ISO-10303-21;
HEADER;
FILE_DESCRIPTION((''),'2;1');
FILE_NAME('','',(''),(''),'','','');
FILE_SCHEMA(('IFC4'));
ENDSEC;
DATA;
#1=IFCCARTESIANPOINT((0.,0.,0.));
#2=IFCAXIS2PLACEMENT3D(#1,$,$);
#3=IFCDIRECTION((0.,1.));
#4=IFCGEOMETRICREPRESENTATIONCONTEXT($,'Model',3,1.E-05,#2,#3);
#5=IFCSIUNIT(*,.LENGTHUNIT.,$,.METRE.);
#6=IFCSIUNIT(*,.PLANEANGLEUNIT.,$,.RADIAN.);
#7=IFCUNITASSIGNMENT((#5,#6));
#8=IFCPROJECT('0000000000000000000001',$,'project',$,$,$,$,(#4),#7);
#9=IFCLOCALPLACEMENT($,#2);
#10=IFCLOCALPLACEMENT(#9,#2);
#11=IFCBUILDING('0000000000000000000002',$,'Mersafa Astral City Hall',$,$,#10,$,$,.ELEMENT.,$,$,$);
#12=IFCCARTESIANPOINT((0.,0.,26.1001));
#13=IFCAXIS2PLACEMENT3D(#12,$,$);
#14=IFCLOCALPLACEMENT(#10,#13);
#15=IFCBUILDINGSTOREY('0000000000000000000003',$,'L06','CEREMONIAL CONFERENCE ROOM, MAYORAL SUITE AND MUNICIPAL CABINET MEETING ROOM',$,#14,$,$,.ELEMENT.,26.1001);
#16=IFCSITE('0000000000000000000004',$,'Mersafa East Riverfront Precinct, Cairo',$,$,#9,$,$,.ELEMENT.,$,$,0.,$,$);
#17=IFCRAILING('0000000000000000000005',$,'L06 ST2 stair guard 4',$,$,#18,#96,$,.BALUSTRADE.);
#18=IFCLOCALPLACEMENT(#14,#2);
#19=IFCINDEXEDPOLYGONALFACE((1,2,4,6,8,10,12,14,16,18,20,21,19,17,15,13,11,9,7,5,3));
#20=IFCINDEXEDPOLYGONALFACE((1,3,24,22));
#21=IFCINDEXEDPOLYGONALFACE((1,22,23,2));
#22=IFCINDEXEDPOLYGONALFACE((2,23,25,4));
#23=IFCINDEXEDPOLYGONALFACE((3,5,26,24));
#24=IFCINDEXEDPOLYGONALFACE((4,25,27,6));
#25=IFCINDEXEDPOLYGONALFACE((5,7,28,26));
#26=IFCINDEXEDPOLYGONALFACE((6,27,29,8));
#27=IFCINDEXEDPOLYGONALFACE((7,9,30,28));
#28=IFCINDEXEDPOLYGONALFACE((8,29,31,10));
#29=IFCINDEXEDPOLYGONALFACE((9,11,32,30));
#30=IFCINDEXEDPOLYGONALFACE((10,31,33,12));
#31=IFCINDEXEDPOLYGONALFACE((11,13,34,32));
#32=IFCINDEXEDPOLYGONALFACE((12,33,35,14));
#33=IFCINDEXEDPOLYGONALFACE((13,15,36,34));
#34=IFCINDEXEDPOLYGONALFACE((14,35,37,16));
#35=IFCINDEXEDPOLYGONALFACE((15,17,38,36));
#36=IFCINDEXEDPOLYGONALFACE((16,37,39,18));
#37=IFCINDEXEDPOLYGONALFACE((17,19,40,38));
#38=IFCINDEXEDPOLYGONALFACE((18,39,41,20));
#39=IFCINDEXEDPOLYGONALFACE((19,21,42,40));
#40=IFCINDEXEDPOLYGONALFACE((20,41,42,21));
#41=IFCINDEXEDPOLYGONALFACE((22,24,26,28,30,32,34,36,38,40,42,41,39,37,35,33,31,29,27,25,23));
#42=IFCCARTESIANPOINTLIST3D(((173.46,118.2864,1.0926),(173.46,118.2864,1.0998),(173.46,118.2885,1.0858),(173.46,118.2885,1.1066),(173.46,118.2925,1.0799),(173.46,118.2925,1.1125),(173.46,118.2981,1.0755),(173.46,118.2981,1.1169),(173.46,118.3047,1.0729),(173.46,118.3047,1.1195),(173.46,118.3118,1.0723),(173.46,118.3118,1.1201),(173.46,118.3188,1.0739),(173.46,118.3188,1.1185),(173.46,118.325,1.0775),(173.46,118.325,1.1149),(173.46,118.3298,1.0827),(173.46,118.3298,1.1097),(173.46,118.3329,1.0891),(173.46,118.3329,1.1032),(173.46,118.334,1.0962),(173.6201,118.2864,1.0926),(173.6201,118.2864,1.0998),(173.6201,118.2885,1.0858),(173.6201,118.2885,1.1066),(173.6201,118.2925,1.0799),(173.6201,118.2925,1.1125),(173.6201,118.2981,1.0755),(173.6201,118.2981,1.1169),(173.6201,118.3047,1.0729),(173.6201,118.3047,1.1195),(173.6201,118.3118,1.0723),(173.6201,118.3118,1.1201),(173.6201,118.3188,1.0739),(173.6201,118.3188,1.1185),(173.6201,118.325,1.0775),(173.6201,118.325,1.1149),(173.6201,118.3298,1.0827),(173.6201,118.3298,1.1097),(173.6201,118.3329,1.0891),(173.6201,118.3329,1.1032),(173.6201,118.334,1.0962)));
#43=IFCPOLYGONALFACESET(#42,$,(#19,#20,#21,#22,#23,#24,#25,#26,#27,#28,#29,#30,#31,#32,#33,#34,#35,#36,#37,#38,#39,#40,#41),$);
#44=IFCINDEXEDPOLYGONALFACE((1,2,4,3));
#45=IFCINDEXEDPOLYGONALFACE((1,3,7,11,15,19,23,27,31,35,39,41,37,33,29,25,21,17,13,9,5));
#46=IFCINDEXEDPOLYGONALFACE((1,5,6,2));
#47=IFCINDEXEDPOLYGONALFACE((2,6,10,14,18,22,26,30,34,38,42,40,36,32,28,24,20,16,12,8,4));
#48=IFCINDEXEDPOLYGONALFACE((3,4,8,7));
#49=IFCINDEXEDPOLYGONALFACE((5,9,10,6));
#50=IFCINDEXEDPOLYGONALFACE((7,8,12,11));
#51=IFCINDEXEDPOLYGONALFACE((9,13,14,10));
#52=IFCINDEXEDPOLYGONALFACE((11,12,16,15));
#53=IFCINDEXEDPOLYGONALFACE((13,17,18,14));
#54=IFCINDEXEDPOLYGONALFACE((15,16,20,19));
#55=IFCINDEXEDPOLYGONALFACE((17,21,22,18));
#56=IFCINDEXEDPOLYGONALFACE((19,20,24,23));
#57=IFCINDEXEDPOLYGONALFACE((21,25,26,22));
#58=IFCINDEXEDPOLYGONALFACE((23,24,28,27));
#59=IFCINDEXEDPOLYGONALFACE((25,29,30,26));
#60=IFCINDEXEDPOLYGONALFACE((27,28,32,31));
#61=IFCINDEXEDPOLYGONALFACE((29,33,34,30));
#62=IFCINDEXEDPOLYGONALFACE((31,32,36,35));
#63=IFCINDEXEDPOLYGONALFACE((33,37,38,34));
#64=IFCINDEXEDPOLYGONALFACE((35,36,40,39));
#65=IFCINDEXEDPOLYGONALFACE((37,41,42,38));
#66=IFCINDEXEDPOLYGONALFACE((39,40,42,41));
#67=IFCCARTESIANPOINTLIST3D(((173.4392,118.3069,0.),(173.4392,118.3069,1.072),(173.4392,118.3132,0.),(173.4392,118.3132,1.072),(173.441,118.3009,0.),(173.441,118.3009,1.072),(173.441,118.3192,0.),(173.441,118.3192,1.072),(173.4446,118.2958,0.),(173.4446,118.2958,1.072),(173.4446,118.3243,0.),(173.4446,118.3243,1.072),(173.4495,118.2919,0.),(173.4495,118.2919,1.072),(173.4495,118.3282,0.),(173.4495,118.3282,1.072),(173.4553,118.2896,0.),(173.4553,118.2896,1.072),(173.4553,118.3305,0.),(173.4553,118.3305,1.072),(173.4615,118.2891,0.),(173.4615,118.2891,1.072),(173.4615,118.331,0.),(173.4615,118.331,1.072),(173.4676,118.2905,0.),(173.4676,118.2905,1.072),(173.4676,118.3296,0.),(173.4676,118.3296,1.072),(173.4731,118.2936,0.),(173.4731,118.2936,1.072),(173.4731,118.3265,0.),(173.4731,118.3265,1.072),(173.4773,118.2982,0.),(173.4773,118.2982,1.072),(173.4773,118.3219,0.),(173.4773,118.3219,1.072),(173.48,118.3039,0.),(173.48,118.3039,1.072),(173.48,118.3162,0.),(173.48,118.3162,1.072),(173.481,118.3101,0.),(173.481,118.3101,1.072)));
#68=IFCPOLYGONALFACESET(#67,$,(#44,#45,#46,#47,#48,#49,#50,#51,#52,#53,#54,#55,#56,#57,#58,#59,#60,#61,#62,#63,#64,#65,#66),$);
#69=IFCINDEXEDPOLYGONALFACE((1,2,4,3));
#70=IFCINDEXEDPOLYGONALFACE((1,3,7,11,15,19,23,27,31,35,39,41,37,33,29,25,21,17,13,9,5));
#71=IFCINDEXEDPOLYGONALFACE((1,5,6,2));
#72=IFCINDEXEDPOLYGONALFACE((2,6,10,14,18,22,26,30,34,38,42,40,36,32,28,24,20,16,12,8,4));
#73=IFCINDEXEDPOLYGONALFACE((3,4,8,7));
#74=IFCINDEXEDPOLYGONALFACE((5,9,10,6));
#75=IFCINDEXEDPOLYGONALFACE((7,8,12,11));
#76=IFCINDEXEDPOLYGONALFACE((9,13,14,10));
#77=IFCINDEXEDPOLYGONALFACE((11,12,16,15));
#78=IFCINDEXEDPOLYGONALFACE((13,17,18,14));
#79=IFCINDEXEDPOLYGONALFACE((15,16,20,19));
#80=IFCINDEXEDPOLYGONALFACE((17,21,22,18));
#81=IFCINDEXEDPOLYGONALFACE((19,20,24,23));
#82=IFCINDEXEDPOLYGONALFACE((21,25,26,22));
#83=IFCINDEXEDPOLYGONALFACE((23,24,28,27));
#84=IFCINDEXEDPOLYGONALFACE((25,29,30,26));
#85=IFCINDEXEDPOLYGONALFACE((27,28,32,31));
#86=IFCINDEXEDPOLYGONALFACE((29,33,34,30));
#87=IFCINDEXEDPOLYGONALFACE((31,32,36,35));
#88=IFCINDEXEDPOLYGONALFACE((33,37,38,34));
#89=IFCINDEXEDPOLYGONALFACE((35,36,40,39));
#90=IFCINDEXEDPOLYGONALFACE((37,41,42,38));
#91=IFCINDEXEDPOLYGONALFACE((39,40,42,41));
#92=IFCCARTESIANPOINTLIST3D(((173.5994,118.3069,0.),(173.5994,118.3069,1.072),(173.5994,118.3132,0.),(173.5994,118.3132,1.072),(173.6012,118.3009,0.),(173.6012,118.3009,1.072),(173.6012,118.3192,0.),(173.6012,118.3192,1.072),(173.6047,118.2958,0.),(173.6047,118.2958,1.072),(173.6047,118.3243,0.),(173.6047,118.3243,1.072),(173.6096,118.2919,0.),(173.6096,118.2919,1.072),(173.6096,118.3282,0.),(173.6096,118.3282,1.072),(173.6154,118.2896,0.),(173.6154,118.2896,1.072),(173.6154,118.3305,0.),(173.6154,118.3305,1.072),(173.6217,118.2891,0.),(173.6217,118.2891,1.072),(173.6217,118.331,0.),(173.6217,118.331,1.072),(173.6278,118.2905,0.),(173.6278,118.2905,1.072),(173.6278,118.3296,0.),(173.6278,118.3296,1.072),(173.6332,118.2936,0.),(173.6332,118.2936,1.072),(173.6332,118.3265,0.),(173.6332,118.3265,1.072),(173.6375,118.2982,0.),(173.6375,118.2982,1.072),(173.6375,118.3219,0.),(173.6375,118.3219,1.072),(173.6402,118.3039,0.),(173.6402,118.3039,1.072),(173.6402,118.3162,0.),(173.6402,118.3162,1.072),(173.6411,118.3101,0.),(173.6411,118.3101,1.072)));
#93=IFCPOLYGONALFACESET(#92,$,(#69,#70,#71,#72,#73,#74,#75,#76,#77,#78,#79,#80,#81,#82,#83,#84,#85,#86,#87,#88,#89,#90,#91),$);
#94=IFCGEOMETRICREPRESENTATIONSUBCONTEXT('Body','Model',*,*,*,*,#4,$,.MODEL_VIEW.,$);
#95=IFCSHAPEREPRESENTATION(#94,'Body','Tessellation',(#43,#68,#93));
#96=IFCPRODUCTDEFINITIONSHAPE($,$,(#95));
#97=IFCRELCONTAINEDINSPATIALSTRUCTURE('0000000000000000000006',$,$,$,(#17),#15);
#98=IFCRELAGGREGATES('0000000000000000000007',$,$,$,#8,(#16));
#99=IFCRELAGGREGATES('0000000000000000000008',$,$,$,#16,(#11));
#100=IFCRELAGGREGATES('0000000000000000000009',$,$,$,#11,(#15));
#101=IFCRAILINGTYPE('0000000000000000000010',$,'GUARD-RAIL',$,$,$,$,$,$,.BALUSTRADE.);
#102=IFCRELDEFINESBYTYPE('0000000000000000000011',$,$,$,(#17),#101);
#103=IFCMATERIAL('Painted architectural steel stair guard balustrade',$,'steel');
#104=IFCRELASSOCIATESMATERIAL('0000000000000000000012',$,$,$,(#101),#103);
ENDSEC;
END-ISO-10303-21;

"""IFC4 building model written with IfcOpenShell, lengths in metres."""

from ifc_helpers import new_model, si_unit, direction, frame, origin, origin_2d, place, context, subcontext, project, spatial, circle, extrude, material, type_object, element, save


model = new_model("IFC4")

# Units and contexts
model_context = context("Model", 3, precision=1e-05, world=origin(), true_north=direction((0.0, 1.0)))
body_context = subcontext(model_context, "Body", "Model", "MODEL_VIEW")
ifc_project = project(units=[si_unit("LENGTHUNIT", "METRE"), si_unit("PLANEANGLEUNIT", "RADIAN")], contexts=[model_context])

# Site, building, storey
site_placement = place(None, origin())
site = spatial("IfcSite", under=ifc_project, at=site_placement, Name="Mersafa East Riverfront Precinct, Cairo", CompositionType="ELEMENT", RefElevation=0.0)
building_placement = place(site_placement, origin())
building = spatial("IfcBuilding", under=site, at=building_placement, Name="Mersafa Astral City Hall", CompositionType="ELEMENT")
storey_placement = place(building_placement, frame((0.0, 0.0, 26.1001)))
storey = spatial("IfcBuildingStorey", under=building, at=storey_placement, Name="L06", Description="CEREMONIAL CONFERENCE ROOM, MAYORAL SUITE AND MUNICIPAL CABINET MEETING ROOM", CompositionType="ELEMENT", Elevation=26.1001)

# Railing
ifc_material_1 = material(Name="Painted architectural steel stair guard balustrade", Category="steel")
railing_type_1 = type_object("IfcRailingType", Name="GUARD-RAIL", PredefinedType="BALUSTRADE", material=ifc_material_1)
railing_1_placement = place(storey_placement, frame((173.46, 118.3101, 0.0)))
element("IfcRailing", 1, at=railing_1_placement, inside=storey, type_object=railing_type_1, Name="L06 ST2 stair guard 4", PredefinedType="BALUSTRADE", context=body_context, shape_type="SweptSolid", body=[
    extrude(circle(Radius=0.0239, at=origin_2d()), frame((0.0, 0.0, 1.0962), z_axis=(1.0, 0.0, 0.0), x_axis=(0.0, 1.0, 0.0)), (0.0, 0.0, 1.0), 0.1602),
    extrude(circle(Radius=0.021, at=origin_2d()), origin(), (0.0, 0.0, 1.0), 1.072),
    extrude(circle(Radius=0.021, at=origin_2d()), frame((0.1602, 0.0, 0.0)), (0.0, 0.0, 1.0), 1.072),
])

save(model, "model.ifc")
